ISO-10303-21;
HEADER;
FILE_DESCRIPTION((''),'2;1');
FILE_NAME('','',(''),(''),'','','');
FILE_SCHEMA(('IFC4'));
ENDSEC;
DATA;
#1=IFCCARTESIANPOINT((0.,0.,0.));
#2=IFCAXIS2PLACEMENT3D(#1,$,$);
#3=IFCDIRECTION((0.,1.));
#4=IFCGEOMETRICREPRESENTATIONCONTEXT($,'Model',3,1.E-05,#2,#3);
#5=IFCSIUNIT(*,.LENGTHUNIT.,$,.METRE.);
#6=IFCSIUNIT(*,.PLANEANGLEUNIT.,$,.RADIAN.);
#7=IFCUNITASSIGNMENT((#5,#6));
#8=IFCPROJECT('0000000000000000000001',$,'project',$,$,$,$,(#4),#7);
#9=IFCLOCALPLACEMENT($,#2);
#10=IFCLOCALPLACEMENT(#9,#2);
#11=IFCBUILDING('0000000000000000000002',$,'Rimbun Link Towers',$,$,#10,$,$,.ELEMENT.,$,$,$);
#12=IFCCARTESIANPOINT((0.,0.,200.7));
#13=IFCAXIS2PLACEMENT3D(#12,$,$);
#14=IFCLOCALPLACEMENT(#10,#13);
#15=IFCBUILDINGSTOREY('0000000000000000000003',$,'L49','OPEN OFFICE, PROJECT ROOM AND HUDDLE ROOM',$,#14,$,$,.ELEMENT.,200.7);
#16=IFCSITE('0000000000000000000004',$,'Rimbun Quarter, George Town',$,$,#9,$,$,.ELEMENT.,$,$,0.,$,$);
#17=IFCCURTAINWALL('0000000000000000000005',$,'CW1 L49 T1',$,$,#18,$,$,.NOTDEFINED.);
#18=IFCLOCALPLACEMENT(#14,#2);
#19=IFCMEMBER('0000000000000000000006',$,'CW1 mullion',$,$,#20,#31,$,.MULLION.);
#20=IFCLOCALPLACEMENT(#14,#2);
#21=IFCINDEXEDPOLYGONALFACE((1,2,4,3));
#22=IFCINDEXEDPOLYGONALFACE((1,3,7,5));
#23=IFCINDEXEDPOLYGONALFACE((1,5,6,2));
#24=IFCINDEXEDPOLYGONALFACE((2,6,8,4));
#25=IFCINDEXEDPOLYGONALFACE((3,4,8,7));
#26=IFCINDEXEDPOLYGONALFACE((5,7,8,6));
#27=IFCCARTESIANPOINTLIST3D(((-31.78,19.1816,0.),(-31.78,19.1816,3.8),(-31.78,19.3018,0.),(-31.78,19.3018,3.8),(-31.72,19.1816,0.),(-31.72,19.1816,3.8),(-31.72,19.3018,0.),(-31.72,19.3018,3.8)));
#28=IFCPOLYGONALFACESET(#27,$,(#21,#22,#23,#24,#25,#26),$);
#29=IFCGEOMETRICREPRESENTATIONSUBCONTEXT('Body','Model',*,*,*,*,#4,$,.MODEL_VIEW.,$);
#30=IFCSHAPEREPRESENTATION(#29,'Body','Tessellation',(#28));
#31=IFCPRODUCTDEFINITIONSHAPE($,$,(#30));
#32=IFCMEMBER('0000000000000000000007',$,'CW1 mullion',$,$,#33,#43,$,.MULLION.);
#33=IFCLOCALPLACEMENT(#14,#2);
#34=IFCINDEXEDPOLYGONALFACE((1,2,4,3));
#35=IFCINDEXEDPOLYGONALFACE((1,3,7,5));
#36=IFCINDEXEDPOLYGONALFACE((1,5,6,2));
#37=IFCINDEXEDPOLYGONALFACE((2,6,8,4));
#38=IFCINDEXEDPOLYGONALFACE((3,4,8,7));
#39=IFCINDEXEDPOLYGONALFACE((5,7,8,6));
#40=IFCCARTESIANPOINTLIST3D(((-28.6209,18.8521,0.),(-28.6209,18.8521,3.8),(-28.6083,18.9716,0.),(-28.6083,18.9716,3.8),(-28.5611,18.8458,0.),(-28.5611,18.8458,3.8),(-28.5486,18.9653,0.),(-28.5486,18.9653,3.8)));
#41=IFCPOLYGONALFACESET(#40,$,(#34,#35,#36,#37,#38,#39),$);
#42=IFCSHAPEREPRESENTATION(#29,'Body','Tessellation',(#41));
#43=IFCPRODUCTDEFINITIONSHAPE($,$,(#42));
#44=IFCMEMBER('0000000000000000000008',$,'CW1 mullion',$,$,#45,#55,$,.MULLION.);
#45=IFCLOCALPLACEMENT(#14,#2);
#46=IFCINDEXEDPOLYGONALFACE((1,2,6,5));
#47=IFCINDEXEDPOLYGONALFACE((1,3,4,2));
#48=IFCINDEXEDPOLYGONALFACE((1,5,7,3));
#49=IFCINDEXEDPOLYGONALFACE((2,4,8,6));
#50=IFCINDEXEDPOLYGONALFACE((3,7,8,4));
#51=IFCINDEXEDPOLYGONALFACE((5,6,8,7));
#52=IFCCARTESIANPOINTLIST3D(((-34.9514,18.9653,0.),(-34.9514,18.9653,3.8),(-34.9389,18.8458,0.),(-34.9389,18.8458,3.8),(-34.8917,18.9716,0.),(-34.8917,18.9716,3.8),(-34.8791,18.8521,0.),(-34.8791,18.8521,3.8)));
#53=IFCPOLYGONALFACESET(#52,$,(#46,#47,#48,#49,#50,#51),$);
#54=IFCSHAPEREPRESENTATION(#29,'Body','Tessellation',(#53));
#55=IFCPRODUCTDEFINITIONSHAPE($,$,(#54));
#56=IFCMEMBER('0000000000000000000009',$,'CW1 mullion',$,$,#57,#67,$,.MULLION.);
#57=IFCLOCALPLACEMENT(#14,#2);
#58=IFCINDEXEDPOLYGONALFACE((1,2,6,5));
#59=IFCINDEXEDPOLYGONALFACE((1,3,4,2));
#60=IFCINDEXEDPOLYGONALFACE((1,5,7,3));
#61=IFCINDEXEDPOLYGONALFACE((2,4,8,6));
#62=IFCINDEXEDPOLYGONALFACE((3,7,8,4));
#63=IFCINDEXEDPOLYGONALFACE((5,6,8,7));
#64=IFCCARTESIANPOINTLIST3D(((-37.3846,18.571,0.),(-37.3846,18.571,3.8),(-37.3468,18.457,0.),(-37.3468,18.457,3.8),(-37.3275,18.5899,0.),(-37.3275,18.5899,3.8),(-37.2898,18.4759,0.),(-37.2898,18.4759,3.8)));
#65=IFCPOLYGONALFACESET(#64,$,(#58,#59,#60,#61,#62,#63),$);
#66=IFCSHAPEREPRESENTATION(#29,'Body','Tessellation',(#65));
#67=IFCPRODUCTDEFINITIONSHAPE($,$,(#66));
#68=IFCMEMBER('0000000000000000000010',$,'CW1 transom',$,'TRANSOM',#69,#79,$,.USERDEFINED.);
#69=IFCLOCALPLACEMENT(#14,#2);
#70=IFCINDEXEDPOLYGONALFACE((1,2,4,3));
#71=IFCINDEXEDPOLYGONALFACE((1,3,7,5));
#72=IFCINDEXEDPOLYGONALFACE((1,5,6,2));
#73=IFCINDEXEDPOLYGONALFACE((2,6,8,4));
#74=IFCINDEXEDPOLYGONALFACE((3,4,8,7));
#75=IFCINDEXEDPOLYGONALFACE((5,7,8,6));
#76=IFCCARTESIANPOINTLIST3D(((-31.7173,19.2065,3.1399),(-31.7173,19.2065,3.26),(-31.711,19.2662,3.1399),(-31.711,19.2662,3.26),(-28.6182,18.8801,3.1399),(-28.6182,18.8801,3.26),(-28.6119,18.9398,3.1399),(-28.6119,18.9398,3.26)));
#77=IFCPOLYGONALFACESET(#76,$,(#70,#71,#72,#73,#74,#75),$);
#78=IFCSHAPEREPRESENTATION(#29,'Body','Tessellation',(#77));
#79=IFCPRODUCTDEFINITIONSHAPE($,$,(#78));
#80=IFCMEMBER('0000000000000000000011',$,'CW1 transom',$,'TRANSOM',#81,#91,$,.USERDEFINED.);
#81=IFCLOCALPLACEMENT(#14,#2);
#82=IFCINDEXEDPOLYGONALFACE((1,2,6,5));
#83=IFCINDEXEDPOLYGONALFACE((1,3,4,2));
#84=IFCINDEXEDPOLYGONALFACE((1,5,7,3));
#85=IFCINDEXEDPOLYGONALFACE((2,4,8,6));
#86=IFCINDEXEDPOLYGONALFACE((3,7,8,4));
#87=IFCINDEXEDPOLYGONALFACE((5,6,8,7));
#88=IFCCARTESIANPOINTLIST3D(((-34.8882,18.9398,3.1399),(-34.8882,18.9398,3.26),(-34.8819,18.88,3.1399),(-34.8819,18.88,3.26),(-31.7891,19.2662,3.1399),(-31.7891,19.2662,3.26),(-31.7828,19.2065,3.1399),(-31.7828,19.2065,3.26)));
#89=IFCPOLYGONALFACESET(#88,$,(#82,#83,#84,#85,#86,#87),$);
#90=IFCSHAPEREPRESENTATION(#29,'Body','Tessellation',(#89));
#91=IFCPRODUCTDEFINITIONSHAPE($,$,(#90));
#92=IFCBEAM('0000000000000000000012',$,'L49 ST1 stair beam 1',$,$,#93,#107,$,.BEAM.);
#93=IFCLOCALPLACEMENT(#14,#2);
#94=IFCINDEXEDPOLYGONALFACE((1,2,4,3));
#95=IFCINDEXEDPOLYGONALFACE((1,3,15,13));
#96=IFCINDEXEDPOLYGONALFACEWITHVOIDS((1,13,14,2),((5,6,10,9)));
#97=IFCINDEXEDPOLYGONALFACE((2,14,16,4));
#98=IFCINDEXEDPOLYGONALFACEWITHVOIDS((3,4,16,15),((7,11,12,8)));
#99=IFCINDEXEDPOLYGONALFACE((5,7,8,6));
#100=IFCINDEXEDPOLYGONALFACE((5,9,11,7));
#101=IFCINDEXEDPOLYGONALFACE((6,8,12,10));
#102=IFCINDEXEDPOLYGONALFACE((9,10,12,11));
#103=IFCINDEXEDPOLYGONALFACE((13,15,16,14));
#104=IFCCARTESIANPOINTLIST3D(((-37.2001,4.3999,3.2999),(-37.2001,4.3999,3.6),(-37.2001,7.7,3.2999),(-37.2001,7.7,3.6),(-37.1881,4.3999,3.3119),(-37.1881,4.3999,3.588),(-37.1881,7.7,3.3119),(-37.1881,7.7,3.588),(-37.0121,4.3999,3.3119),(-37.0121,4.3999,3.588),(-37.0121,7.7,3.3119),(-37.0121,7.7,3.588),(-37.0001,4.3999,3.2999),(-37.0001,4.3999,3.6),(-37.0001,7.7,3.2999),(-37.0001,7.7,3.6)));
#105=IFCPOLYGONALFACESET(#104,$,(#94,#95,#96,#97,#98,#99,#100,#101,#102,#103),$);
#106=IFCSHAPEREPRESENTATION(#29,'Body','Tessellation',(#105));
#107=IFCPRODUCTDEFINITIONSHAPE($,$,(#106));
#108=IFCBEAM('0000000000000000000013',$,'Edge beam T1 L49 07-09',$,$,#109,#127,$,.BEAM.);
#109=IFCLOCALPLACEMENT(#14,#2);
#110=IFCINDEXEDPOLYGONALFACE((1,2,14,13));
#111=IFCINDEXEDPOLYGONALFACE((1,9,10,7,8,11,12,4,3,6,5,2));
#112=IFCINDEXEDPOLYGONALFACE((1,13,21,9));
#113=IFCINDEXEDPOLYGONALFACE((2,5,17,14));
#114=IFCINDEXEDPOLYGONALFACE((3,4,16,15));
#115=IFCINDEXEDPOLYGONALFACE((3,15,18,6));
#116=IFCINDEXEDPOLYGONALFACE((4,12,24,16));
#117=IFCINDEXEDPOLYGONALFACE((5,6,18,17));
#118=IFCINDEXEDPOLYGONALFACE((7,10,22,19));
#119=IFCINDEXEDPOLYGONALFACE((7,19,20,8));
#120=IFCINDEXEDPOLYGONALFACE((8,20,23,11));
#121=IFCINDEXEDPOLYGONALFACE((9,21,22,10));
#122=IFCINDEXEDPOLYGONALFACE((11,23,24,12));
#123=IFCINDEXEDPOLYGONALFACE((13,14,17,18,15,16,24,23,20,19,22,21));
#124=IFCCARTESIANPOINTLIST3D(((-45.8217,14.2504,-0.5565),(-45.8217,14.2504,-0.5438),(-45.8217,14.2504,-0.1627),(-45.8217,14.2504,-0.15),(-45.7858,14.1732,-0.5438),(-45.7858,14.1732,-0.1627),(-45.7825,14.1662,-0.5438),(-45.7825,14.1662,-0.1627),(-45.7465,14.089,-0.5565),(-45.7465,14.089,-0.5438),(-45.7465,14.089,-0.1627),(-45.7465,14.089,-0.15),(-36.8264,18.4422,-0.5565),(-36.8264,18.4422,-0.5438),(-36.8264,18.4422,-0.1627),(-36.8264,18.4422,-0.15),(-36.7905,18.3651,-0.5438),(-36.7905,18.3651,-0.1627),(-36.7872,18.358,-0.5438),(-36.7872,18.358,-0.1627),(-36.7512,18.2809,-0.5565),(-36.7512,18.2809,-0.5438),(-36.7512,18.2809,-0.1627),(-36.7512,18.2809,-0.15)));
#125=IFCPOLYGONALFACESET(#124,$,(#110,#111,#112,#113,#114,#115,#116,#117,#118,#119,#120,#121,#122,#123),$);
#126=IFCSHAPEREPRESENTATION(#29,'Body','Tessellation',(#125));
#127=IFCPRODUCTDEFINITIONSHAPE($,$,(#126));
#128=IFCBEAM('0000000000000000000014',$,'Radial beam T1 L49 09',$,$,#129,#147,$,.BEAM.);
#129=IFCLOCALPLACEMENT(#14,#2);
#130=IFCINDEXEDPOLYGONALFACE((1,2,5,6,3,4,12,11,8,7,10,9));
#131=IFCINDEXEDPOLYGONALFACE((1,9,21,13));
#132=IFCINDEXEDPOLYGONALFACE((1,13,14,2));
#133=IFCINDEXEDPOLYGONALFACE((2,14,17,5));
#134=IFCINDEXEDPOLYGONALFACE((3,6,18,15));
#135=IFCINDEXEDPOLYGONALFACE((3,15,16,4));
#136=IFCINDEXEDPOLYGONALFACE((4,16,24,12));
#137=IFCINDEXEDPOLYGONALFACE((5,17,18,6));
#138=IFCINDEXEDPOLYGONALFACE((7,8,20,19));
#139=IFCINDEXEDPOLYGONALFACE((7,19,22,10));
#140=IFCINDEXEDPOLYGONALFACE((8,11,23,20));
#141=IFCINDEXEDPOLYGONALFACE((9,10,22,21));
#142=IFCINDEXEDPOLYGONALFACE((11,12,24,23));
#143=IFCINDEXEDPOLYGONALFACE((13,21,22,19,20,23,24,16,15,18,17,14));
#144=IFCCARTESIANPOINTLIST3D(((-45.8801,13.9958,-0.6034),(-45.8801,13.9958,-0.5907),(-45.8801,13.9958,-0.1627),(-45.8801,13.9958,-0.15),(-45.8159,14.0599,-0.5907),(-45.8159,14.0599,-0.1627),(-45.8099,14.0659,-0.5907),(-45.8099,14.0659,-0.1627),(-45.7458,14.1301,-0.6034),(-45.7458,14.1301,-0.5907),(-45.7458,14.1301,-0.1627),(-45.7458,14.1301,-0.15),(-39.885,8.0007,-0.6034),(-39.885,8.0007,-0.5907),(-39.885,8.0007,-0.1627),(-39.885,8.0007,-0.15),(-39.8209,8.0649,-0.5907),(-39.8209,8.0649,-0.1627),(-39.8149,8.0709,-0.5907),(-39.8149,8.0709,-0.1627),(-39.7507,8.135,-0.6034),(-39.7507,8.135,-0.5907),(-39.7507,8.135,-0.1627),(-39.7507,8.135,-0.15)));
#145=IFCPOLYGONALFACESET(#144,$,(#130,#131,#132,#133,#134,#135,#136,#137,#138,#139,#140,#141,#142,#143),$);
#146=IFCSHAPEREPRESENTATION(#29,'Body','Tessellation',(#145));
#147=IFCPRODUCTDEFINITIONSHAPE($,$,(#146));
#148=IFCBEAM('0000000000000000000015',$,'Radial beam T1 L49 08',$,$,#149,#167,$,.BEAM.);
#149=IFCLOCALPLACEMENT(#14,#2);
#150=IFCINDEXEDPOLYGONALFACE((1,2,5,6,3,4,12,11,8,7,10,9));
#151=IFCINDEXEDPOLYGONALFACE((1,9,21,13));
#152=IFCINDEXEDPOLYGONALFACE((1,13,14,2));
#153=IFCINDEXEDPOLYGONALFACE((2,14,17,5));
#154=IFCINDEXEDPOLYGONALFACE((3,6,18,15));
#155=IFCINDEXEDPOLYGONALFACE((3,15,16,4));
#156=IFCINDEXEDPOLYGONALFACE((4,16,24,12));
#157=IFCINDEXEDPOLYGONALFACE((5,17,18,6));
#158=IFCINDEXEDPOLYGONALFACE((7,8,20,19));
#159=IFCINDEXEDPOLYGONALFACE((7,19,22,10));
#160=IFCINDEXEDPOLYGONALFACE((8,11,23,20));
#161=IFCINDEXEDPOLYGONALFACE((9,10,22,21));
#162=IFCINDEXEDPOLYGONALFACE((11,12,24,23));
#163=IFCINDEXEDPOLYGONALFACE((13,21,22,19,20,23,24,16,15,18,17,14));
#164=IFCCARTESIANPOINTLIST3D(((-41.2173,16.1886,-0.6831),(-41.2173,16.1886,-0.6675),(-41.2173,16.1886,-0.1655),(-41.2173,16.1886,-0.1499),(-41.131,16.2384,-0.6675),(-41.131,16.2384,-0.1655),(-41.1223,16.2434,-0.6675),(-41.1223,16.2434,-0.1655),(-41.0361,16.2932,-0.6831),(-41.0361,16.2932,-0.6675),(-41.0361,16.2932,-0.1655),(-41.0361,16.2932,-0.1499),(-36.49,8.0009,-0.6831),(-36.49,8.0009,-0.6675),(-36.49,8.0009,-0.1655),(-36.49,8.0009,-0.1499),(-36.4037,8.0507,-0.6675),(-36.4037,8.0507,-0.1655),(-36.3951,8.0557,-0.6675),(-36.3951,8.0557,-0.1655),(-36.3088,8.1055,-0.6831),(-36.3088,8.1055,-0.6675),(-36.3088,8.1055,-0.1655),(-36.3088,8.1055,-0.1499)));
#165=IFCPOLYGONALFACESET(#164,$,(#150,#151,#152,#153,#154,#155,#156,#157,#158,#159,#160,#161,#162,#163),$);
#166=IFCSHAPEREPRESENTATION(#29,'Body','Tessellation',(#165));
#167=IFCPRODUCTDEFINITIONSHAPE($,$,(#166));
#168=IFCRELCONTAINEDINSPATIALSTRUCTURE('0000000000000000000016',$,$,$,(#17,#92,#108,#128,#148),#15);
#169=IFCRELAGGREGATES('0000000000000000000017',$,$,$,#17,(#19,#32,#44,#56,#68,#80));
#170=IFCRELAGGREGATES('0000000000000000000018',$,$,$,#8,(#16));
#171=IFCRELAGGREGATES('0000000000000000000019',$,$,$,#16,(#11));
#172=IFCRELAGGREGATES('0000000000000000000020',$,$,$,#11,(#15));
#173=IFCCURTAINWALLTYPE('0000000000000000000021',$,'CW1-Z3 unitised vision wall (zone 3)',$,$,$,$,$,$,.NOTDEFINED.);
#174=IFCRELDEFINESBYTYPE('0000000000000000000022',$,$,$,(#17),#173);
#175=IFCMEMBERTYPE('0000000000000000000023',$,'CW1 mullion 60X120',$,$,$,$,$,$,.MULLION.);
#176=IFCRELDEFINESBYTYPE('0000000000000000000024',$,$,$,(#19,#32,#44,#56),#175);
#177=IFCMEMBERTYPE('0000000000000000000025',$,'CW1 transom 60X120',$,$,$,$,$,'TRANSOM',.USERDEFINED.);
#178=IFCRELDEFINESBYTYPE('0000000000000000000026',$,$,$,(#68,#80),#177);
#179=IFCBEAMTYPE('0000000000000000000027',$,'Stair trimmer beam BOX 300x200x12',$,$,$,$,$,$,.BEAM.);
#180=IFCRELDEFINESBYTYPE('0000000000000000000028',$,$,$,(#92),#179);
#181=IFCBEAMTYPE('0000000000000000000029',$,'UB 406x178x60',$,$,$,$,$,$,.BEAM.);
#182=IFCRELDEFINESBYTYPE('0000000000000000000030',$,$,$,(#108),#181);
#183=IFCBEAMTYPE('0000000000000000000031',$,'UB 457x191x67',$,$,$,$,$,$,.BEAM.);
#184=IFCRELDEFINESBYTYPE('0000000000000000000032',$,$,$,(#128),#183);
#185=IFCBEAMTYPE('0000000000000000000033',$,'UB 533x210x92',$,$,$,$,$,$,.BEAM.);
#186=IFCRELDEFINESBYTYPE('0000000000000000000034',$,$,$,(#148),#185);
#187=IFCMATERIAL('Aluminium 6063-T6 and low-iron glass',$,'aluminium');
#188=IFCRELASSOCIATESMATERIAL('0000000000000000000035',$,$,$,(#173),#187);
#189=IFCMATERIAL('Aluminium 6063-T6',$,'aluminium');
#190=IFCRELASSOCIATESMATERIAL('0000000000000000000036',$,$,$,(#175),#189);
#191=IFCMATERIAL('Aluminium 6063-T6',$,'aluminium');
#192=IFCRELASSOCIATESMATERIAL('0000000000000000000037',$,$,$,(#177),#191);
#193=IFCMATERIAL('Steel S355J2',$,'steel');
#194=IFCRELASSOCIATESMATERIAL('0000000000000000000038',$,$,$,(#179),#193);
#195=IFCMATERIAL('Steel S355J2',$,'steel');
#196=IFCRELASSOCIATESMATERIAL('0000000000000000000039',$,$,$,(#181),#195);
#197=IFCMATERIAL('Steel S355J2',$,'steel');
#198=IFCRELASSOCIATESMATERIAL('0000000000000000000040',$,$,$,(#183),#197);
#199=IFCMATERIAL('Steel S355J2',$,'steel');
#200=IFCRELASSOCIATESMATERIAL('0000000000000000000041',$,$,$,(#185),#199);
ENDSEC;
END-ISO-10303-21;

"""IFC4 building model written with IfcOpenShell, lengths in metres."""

from ifc_helpers import new_model, si_unit, direction, frame, origin, origin_2d, place, context, subcontext, project, spatial, rectangle, hollow_rectangle, i_section, extrude, material, material_profile, profile_set, type_object, element, aggregate, save


model = new_model("IFC4")

# Units and contexts
model_context = context("Model", 3, precision=1e-05, world=origin(), true_north=direction((0.0, 1.0)))
body_context = subcontext(model_context, "Body", "Model", "MODEL_VIEW")
ifc_project = project(units=[si_unit("LENGTHUNIT", "METRE"), si_unit("PLANEANGLEUNIT", "RADIAN")], contexts=[model_context])

# Site, building, storey
site_placement = place(None, origin())
site = spatial("IfcSite", under=ifc_project, at=site_placement, Name="Rimbun Quarter, George Town", CompositionType="ELEMENT", RefElevation=0.0)
building_placement = place(site_placement, origin())
building = spatial("IfcBuilding", under=site, at=building_placement, Name="Rimbun Link Towers", CompositionType="ELEMENT")
storey_placement = place(building_placement, frame((0.0, 0.0, 200.7)))
storey = spatial("IfcBuildingStorey", under=building, at=storey_placement, Name="L49", Description="OPEN OFFICE, PROJECT ROOM AND HUDDLE ROOM", CompositionType="ELEMENT", Elevation=200.7)

# Curtain wall, members
ifc_material_1 = material(Name="Aluminium 6063-T6 and low-iron glass", Category="aluminium")
curtain_wall_type = type_object("IfcCurtainWallType", Name="CW1-Z3 unitised vision wall (zone 3)", PredefinedType="NOTDEFINED", material=ifc_material_1)
curtain_wall_placement = place(storey_placement, origin())
curtain_wall = element("IfcCurtainWall", 1, at=curtain_wall_placement, inside=storey, type_object=curtain_wall_type, Name="CW1 L49 T1", PredefinedType="NOTDEFINED")
ifc_material_2 = material(Name="Aluminium 6063-T6", Category="aluminium")
ifc_material_profile_1 = material_profile(ifc_material_2, rectangle(XDim=0.1201, YDim=0.0601, at=origin_2d()), Name="MULLION 60X120")
ifc_profile_set_1 = profile_set([ifc_material_profile_1], Name="Aluminium 6063-T6")
member_type_1 = type_object("IfcMemberType", Name="CW1 mullion 60X120", PredefinedType="MULLION", material=ifc_profile_set_1)
member_1_placement = place(storey_placement, frame((-31.75, 19.2417, 0.0), z_axis=(0.0, 0.0, 1.0), x_axis=(0.0, 1.0, 0.0)))
member_1 = element("IfcMember", 2, at=member_1_placement, type_object=member_type_1, Name="CW1 mullion", PredefinedType="MULLION", context=body_context, shape_type="SweptSolid", body=[
    extrude(rectangle(XDim=0.1201, YDim=0.0601, at=origin_2d()), origin(), (0.0, 0.0, 1.0), 3.8),
])
member_2_placement = place(storey_placement, frame((-28.5847, 18.9087, 0.0), z_axis=(0.0, 0.0, 1.0), x_axis=(0.104748, 0.994499, 0.0)))
member_2 = element("IfcMember", 3, at=member_2_placement, type_object=member_type_1, Name="CW1 mullion", PredefinedType="MULLION", context=body_context, shape_type="SweptSolid", body=[
    extrude(rectangle(XDim=0.1201, YDim=0.0601, at=origin_2d()), origin(), (0.0, 0.0, 1.0), 3.8),
])
member_3_placement = place(storey_placement, frame((-34.9153, 18.9087, 0.0), z_axis=(0.0, 0.0, 1.0), x_axis=(-0.104748, 0.994499, 0.0)))
member_3 = element("IfcMember", 4, at=member_3_placement, type_object=member_type_1, Name="CW1 mullion", PredefinedType="MULLION", context=body_context, shape_type="SweptSolid", body=[
    extrude(rectangle(XDim=0.1201, YDim=0.0601, at=origin_2d()), origin(), (0.0, 0.0, 1.0), 3.8),
])
member_4_placement = place(storey_placement, frame((-37.3372, 18.5234, 0.0), z_axis=(0.0, 0.0, 1.0), x_axis=(-0.314558, 0.949238, 0.0)))
member_4 = element("IfcMember", 5, at=member_4_placement, type_object=member_type_1, Name="CW1 mullion", PredefinedType="MULLION", context=body_context, shape_type="SweptSolid", body=[
    extrude(rectangle(XDim=0.1201, YDim=0.0601, at=origin_2d()), origin(), (0.0, 0.0, 1.0), 3.8),
])
ifc_material_3 = material(Name="Aluminium 6063-T6", Category="aluminium")
ifc_material_profile_2 = material_profile(ifc_material_3, rectangle(XDim=0.0601, YDim=0.1201, at=origin_2d()), Name="TRANSOM 60X120")
ifc_profile_set_2 = profile_set([ifc_material_profile_2], Name="Aluminium 6063-T6")
member_type_2 = type_object("IfcMemberType", Name="CW1 transom 60X120", ElementType="TRANSOM", PredefinedType="USERDEFINED", material=ifc_profile_set_2)
member_5_placement = place(storey_placement, frame((-31.7141, 19.2363, 3.2), z_axis=(0.994499, -0.104746, 0.0), x_axis=(0.104746, 0.994499, 0.0)))
member_5 = element("IfcMember", 6, at=member_5_placement, type_object=member_type_2, Name="CW1 transom", ObjectType="TRANSOM", PredefinedType="USERDEFINED", context=body_context, shape_type="SweptSolid", body=[
    extrude(rectangle(XDim=0.0601, YDim=0.1201, at=origin_2d()), origin(), (0.0, 0.0, 1.0), 3.1162),
])
member_6_placement = place(storey_placement, frame((-34.885, 18.9099, 3.2), z_axis=(0.994499, 0.104746, 0.0), x_axis=(-0.104746, 0.994499, 0.0)))
member_6 = element("IfcMember", 7, at=member_6_placement, type_object=member_type_2, Name="CW1 transom", ObjectType="TRANSOM", PredefinedType="USERDEFINED", context=body_context, shape_type="SweptSolid", body=[
    extrude(rectangle(XDim=0.0601, YDim=0.1201, at=origin_2d()), origin(), (0.0, 0.0, 1.0), 3.1162),
])

# Beams
ifc_material_4 = material(Name="Steel S355J2", Category="steel")
ifc_material_profile_3 = material_profile(ifc_material_4, hollow_rectangle(XDim=0.2, YDim=0.3, WallThickness=0.012, at=origin_2d()), Name="BOX 300x200x12")
ifc_profile_set_3 = profile_set([ifc_material_profile_3], Name="Steel S355J2")
beam_type_1 = type_object("IfcBeamType", Name="Stair trimmer beam BOX 300x200x12", PredefinedType="BEAM", material=ifc_profile_set_3)
beam_1_placement = place(storey_placement, frame((-37.1001, 7.7, 3.45), z_axis=(0.0, -1.0, 0.0), x_axis=(1.0, 0.0, 0.0)))
element("IfcBeam", 8, at=beam_1_placement, inside=storey, type_object=beam_type_1, Name="L49 ST1 stair beam 1", PredefinedType="BEAM", context=body_context, shape_type="SweptSolid", body=[
    extrude(hollow_rectangle(XDim=0.2, YDim=0.3, WallThickness=0.012, at=origin_2d()), origin(), (0.0, 0.0, 1.0), 3.3),
])
ifc_material_5 = material(Name="Steel S355J2", Category="steel")
ifc_material_profile_4 = material_profile(ifc_material_5, i_section(OverallWidth=0.178, OverallDepth=0.4065, WebThickness=0.0078, FlangeThickness=0.0127, at=origin_2d()), Name="UB 406x178x60")
ifc_profile_set_4 = profile_set([ifc_material_profile_4], Name="Steel S355J2")
beam_type_2 = type_object("IfcBeamType", Name="UB 406x178x60", PredefinedType="BEAM", material=ifc_profile_set_4)
beam_2_placement = place(storey_placement, frame((-36.7888, 18.3616, -0.3533), z_axis=(-0.906412, -0.422394, 0.0), x_axis=(0.422394, -0.906412, 0.0)))
element("IfcBeam", 9, at=beam_2_placement, inside=storey, type_object=beam_type_2, Name="Edge beam T1 L49 07-09", PredefinedType="BEAM", context=body_context, shape_type="SweptSolid", body=[
    extrude(i_section(OverallWidth=0.178, OverallDepth=0.4065, WebThickness=0.0078, FlangeThickness=0.0127, at=origin_2d()), origin(), (0.0, 0.0, 1.0), 9.9241),
])
ifc_material_6 = material(Name="Steel S355J2", Category="steel")
ifc_material_profile_5 = material_profile(ifc_material_6, i_section(OverallWidth=0.1899, OverallDepth=0.4534, WebThickness=0.0085, FlangeThickness=0.0127, at=origin_2d()), Name="UB 457x191x67")
ifc_profile_set_5 = profile_set([ifc_material_profile_5], Name="Steel S355J2")
beam_type_3 = type_object("IfcBeamType", Name="UB 457x191x67", PredefinedType="BEAM", material=ifc_profile_set_5)
beam_3_placement = place(storey_placement, frame((-39.8179, 8.0679, -0.3767), z_axis=(-0.707107, 0.707107, 0.0), x_axis=(-0.707107, -0.707107, 0.0)))
element("IfcBeam", 10, at=beam_3_placement, inside=storey, type_object=beam_type_3, Name="Radial beam T1 L49 09", PredefinedType="BEAM", context=body_context, shape_type="SweptSolid", body=[
    extrude(i_section(OverallWidth=0.1899, OverallDepth=0.4534, WebThickness=0.0085, FlangeThickness=0.0127, at=origin_2d()), origin(), (0.0, 0.0, 1.0), 8.4783),
])
ifc_material_7 = material(Name="Steel S355J2", Category="steel")
ifc_material_profile_6 = material_profile(ifc_material_7, i_section(OverallWidth=0.2092, OverallDepth=0.5332, WebThickness=0.01, FlangeThickness=0.0156, at=origin_2d()), Name="UB 533x210x92")
ifc_profile_set_6 = profile_set([ifc_material_profile_6], Name="Steel S355J2")
beam_type_4 = type_object("IfcBeamType", Name="UB 533x210x92", PredefinedType="BEAM", material=ifc_profile_set_6)
beam_4_placement = place(storey_placement, frame((-36.3994, 8.0532, -0.4165), z_axis=(-0.500008, 0.866021, 0.0), x_axis=(-0.866021, -0.500008, 0.0)))
element("IfcBeam", 11, at=beam_4_placement, inside=storey, type_object=beam_type_4, Name="Radial beam T1 L49 08", PredefinedType="BEAM", context=body_context, shape_type="SweptSolid", body=[
    extrude(i_section(OverallWidth=0.2092, OverallDepth=0.5332, WebThickness=0.01, FlangeThickness=0.0156, at=origin_2d()), origin(), (0.0, 0.0, 1.0), 9.4543),
])

aggregate(curtain_wall, [member_1, member_2, member_3, member_4, member_5, member_6])

save(model, "model.ifc")
